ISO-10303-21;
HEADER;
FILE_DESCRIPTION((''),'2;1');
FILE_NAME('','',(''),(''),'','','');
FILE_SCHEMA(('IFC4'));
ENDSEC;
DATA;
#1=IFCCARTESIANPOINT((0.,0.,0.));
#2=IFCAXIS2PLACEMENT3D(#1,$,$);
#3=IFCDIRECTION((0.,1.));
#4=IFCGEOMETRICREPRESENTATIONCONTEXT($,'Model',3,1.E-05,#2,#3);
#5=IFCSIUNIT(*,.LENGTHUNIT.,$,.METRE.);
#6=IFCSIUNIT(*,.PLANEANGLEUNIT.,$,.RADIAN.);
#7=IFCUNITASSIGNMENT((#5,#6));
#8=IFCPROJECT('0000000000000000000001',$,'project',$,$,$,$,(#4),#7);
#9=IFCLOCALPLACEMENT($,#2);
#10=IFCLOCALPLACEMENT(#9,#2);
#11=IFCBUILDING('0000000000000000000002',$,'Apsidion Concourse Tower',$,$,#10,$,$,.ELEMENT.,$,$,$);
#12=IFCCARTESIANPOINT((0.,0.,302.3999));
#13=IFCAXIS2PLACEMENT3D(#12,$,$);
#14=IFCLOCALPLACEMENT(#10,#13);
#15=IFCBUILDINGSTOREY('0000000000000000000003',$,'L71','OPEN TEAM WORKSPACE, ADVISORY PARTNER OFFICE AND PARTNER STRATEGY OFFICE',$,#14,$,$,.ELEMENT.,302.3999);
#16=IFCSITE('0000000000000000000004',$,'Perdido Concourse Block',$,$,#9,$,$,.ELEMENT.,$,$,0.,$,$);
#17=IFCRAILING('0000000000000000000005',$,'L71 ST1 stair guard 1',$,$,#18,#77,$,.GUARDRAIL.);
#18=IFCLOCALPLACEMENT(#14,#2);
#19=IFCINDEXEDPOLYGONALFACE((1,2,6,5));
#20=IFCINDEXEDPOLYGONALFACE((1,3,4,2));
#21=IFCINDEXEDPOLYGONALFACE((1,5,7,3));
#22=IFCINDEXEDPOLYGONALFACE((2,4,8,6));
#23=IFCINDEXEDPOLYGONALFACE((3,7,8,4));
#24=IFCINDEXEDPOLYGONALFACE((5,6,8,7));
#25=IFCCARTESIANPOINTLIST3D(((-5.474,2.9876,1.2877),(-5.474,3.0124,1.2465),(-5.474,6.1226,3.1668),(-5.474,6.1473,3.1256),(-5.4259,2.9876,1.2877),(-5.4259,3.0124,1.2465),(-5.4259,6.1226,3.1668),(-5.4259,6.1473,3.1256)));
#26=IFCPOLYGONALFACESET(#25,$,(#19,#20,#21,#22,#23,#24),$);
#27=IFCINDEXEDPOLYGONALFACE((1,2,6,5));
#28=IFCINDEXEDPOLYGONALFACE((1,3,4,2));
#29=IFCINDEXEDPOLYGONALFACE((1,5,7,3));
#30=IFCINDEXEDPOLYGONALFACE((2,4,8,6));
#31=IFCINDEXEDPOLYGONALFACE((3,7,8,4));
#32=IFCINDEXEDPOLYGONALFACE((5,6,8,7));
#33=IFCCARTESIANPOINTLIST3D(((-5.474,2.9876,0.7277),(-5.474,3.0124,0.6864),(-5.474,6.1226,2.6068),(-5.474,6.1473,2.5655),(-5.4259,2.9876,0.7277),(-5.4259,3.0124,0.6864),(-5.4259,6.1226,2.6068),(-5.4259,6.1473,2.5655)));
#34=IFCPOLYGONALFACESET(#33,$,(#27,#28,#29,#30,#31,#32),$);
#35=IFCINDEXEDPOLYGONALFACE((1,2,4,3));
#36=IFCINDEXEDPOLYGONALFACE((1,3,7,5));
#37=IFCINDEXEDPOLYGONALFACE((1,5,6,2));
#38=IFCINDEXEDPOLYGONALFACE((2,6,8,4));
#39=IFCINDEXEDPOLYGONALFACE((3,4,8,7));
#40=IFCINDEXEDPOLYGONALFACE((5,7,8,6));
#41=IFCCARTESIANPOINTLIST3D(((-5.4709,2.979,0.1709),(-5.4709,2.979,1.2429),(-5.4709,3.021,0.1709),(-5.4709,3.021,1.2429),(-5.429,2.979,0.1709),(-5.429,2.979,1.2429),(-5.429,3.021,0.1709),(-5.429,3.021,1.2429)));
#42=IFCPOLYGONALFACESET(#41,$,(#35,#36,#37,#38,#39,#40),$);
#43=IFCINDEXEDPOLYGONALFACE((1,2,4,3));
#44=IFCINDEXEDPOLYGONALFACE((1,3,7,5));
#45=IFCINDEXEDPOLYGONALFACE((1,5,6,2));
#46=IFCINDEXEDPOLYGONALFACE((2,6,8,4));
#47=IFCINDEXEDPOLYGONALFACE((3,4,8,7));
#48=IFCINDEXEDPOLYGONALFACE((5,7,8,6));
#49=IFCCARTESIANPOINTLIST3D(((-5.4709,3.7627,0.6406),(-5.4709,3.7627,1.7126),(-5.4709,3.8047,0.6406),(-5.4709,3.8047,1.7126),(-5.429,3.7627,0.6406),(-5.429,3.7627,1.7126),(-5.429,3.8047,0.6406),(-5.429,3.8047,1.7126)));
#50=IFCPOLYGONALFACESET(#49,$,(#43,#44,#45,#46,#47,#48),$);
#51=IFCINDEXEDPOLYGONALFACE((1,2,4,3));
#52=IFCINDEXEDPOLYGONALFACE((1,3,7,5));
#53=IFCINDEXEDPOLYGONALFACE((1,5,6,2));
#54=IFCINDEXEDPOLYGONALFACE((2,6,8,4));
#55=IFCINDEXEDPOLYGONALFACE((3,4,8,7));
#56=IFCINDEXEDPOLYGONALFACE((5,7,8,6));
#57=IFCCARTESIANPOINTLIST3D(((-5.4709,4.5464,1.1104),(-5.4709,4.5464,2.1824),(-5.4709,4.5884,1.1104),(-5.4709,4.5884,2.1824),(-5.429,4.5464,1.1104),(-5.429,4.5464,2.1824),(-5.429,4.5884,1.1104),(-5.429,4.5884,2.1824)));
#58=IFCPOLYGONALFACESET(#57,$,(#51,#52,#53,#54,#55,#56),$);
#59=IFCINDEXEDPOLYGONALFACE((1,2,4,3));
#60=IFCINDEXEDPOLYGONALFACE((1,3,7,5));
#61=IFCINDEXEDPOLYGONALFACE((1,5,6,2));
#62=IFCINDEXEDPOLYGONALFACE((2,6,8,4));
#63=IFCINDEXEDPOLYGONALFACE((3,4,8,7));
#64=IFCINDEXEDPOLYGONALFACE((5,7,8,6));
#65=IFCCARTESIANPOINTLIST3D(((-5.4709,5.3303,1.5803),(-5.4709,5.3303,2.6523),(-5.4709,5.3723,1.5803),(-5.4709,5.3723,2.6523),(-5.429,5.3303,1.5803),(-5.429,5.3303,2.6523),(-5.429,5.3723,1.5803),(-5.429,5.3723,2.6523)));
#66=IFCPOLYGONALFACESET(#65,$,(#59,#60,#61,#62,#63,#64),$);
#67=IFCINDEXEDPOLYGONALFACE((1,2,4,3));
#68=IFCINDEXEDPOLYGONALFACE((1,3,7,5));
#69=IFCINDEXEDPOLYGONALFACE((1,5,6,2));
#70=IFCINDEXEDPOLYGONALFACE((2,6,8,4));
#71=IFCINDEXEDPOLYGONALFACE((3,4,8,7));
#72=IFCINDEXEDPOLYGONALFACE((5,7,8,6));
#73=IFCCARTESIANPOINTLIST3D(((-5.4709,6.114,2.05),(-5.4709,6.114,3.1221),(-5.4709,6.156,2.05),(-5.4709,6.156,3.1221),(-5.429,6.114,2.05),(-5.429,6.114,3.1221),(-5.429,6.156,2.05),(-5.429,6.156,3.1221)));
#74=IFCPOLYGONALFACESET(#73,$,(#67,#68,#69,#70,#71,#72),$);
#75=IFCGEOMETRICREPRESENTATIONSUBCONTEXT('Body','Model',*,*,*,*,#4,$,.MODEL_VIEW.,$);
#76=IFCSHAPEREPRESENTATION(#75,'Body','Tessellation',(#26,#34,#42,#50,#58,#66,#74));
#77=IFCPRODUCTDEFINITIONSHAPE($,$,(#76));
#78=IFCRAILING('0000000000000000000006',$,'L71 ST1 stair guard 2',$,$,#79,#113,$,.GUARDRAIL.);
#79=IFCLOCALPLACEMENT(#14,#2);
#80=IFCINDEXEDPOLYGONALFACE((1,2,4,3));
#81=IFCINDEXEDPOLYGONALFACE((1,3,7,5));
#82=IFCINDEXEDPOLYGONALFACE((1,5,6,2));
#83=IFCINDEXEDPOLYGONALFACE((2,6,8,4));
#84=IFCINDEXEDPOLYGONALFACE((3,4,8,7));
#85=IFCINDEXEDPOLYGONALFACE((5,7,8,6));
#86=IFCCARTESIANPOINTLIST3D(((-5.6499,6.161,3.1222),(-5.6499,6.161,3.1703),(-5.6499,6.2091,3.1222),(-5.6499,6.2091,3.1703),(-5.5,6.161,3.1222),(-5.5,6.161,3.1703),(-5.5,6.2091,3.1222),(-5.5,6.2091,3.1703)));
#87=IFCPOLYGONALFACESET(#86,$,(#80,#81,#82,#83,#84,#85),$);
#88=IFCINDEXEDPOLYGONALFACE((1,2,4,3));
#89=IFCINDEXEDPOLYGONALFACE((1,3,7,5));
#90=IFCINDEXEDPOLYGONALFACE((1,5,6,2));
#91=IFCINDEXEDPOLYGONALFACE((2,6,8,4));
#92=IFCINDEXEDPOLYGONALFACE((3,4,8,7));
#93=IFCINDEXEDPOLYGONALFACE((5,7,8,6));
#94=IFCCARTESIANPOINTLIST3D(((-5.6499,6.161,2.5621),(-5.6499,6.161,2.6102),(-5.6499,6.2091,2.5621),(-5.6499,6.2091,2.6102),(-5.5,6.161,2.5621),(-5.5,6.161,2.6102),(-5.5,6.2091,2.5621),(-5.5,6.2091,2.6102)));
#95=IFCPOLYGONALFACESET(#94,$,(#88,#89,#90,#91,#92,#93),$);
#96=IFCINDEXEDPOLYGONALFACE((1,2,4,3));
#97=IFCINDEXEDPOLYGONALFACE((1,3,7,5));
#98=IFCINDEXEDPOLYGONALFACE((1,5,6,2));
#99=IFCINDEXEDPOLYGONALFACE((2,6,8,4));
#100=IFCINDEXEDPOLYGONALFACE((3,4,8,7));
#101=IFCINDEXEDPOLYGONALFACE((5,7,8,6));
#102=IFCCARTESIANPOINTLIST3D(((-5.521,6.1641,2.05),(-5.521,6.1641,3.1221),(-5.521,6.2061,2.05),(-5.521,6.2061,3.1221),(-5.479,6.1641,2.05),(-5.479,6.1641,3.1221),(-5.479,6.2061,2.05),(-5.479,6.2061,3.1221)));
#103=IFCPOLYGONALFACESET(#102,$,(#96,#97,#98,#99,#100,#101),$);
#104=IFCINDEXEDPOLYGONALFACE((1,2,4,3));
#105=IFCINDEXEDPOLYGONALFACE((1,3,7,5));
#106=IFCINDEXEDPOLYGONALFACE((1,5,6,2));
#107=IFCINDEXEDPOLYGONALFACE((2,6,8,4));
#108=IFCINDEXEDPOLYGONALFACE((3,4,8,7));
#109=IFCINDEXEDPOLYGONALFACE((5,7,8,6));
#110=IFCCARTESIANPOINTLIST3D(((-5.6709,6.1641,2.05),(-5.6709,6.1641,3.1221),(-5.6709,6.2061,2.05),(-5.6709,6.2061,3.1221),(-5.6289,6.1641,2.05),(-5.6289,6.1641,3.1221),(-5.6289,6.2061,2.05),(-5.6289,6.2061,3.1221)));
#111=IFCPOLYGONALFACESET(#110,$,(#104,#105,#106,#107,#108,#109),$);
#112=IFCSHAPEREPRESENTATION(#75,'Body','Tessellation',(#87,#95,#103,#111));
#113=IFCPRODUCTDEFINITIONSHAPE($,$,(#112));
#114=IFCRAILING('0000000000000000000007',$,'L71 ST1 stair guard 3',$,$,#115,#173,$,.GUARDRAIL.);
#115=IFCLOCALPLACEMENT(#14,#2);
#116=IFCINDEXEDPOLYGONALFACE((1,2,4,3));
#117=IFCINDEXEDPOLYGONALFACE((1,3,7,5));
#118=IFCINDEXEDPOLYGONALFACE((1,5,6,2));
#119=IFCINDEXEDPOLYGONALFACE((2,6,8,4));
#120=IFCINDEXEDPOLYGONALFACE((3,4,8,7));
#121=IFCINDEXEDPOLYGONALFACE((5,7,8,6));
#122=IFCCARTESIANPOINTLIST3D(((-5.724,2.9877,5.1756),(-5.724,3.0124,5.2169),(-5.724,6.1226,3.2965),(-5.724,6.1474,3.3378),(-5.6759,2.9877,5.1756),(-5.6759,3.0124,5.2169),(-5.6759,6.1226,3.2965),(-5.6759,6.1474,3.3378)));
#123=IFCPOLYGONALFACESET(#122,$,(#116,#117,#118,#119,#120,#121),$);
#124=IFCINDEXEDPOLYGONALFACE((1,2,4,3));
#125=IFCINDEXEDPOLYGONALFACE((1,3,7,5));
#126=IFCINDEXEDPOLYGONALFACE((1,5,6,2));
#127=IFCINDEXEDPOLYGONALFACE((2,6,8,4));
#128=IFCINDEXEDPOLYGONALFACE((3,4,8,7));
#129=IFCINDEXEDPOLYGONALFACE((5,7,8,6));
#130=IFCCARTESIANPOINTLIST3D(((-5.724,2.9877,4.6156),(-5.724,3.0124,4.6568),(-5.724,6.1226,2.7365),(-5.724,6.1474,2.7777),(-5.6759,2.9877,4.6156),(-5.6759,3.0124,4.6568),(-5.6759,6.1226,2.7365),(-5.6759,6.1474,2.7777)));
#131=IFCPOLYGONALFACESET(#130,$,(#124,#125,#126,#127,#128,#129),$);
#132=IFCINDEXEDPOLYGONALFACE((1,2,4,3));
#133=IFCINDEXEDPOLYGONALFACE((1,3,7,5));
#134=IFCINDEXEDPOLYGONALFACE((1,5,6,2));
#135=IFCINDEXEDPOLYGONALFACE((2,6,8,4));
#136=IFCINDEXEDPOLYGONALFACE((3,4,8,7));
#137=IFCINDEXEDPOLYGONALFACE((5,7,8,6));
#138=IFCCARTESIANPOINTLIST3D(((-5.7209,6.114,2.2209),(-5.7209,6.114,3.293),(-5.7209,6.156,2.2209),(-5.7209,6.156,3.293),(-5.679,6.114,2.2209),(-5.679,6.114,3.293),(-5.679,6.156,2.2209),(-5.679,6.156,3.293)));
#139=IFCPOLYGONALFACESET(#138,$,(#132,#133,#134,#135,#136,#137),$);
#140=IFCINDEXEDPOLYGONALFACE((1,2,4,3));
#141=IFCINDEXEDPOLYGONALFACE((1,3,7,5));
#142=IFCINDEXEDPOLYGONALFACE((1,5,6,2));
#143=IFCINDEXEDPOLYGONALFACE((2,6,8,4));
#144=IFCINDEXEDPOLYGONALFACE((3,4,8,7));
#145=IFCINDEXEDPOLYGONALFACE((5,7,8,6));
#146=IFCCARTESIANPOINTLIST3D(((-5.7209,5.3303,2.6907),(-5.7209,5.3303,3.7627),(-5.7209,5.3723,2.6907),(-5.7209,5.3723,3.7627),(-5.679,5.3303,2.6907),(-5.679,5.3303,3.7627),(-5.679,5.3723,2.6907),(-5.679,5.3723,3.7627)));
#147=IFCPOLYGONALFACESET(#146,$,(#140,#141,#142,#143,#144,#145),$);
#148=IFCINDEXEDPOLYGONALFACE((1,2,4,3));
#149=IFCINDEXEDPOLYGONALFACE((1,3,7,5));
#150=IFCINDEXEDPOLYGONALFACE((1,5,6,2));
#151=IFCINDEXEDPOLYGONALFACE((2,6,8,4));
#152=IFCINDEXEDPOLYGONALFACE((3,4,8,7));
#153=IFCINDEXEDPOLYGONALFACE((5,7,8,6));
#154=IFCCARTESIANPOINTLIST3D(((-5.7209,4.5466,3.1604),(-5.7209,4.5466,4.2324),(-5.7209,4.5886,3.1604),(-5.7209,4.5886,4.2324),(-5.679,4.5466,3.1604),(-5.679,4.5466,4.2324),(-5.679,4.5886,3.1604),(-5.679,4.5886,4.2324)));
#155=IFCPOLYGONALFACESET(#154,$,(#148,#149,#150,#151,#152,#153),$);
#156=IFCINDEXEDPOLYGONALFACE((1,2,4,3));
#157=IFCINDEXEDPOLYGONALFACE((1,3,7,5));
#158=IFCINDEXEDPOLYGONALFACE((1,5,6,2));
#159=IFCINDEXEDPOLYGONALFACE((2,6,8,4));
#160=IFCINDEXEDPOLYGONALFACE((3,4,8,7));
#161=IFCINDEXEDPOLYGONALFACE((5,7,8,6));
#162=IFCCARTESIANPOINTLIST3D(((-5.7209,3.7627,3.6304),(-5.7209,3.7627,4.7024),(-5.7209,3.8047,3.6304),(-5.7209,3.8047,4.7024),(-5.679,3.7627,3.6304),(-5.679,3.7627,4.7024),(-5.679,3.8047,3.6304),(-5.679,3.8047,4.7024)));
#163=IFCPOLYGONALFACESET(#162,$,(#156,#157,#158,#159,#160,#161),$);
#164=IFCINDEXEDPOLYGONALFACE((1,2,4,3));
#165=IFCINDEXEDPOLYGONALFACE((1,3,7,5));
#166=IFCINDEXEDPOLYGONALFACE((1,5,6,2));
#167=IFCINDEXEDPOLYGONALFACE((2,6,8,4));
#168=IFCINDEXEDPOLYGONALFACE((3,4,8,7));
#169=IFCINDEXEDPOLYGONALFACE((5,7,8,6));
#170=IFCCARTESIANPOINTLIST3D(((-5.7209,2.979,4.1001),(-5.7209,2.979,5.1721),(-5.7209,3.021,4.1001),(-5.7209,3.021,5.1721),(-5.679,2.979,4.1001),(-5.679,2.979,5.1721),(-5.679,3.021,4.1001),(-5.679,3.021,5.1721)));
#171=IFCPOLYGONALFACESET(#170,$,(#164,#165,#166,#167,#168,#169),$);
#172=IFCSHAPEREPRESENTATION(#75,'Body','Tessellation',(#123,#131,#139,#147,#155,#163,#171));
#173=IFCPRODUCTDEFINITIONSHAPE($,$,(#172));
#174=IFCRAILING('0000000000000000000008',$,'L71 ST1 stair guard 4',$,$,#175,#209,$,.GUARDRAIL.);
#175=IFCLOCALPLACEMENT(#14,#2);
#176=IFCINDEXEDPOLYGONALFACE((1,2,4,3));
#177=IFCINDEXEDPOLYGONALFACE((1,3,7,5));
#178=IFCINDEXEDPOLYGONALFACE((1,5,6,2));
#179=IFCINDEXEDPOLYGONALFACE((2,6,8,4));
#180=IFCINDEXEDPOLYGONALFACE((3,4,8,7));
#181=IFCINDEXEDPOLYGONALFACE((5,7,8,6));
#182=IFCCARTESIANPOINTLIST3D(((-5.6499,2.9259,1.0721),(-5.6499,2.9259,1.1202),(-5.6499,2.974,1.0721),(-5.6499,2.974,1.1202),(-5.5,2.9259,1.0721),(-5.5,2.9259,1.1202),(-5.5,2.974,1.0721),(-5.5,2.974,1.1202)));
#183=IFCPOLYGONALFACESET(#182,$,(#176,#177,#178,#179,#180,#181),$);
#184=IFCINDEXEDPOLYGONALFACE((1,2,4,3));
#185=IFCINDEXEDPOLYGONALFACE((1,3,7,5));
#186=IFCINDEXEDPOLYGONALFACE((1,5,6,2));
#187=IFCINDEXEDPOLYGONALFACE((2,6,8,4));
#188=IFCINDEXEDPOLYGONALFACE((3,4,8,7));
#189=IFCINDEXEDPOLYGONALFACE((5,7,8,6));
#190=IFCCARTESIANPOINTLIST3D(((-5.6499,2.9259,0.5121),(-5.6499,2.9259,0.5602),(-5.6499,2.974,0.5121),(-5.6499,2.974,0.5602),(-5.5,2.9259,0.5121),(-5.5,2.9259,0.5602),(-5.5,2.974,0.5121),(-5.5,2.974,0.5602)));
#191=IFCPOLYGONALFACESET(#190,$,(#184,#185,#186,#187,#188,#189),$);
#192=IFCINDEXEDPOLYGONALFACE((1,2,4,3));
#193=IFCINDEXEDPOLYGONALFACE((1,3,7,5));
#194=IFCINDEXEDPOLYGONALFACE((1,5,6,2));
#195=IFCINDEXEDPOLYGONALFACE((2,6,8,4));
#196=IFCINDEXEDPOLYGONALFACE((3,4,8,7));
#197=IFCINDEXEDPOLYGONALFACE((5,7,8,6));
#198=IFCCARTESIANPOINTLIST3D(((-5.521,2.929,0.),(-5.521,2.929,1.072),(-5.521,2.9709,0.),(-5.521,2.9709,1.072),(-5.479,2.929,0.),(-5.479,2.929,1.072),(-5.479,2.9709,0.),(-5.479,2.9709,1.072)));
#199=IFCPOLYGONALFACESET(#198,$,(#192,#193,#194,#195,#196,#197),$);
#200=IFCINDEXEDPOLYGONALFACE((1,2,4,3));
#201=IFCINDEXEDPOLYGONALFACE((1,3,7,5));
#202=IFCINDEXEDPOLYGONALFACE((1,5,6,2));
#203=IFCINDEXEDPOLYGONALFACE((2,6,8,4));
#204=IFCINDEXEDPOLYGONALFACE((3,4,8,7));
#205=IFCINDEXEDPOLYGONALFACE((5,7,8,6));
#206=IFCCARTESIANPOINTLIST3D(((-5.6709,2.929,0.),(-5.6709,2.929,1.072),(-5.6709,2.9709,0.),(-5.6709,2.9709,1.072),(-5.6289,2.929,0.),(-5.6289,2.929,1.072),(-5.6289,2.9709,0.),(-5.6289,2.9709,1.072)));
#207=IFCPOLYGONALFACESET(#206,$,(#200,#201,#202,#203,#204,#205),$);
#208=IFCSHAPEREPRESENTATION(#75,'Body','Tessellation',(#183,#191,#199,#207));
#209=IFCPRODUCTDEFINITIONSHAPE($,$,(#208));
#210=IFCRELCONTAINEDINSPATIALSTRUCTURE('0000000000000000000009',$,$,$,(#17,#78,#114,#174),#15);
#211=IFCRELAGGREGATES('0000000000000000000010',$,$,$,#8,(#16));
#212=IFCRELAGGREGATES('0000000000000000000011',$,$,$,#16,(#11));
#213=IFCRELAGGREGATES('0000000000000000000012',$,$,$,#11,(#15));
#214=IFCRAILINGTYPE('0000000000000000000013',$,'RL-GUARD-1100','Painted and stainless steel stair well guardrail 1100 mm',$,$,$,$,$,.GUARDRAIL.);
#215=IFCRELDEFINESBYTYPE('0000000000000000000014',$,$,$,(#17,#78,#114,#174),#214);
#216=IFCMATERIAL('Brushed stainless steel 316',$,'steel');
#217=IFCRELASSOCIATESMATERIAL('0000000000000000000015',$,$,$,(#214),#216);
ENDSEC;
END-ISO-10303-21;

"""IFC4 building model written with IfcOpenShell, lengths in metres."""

from ifc_helpers import new_model, si_unit, direction, frame, origin, origin_2d, place, context, subcontext, project, spatial, rectangle, extrude, material, type_object, element, save


model = new_model("IFC4")

# Units and contexts
model_context = context("Model", 3, precision=1e-05, world=origin(), true_north=direction((0.0, 1.0)))
body_context = subcontext(model_context, "Body", "Model", "MODEL_VIEW")
ifc_project = project(units=[si_unit("LENGTHUNIT", "METRE"), si_unit("PLANEANGLEUNIT", "RADIAN")], contexts=[model_context])

# Site, building, storey
site_placement = place(None, origin())
site = spatial("IfcSite", under=ifc_project, at=site_placement, Name="Perdido Concourse Block", CompositionType="ELEMENT", RefElevation=0.0)
building_placement = place(site_placement, origin())
building = spatial("IfcBuilding", under=site, at=building_placement, Name="Apsidion Concourse Tower", CompositionType="ELEMENT")
storey_placement = place(building_placement, frame((0.0, 0.0, 302.3999)))
storey = spatial("IfcBuildingStorey", under=building, at=storey_placement, Name="L71", Description="OPEN TEAM WORKSPACE, ADVISORY PARTNER OFFICE AND PARTNER STRATEGY OFFICE", CompositionType="ELEMENT", Elevation=302.3999)

# Shared definitions
ifc_material_1 = material(Name="Brushed stainless steel 316", Category="steel")

# Railings
railing_type_1 = type_object("IfcRailingType", Name="RL-GUARD-1100", Description="Painted and stainless steel stair well guardrail 1100 mm", PredefinedType="GUARDRAIL", material=ifc_material_1)
railing_1_placement = place(storey_placement, frame((-5.45, 3.0, 0.1709)))
element("IfcRailing", 1, at=railing_1_placement, inside=storey, type_object=railing_type_1, Name="L71 ST1 stair guard 1", PredefinedType="GUARDRAIL", context=body_context, shape_type="SweptSolid", body=[
    extrude(rectangle(XDim=0.0481, YDim=0.0481, at=origin_2d()), frame((0.0, 0.0, 1.0962), z_axis=(0.0, 0.857717, 0.514122), x_axis=(-1.0, 0.0, 0.0)), (0.0, 0.0, 1.0), 3.655),
    extrude(rectangle(XDim=0.0481, YDim=0.0481, at=origin_2d()), frame((0.0, 0.0, 0.5361), z_axis=(0.0, 0.857717, 0.514122), x_axis=(-1.0, 0.0, 0.0)), (0.0, 0.0, 1.0), 3.655),
    extrude(rectangle(XDim=0.042, YDim=0.042, at=origin_2d()), origin(), (0.0, 0.0, 1.0), 1.072),
    extrude(rectangle(XDim=0.042, YDim=0.042, at=origin_2d()), frame((0.0, 0.7837, 0.4697)), (0.0, 0.0, 1.0), 1.072),
    extrude(rectangle(XDim=0.042, YDim=0.042, at=origin_2d()), frame((0.0, 1.5674, 0.9395)), (0.0, 0.0, 1.0), 1.072),
    extrude(rectangle(XDim=0.042, YDim=0.042, at=origin_2d()), frame((0.0, 2.3513, 1.4094)), (0.0, 0.0, 1.0), 1.072),
    extrude(rectangle(XDim=0.042, YDim=0.042, at=origin_2d()), frame((0.0, 3.135, 1.8792)), (0.0, 0.0, 1.0), 1.072),
])
railing_2_placement = place(storey_placement, frame((-5.5, 6.1851, 2.05)))
element("IfcRailing", 2, at=railing_2_placement, inside=storey, type_object=railing_type_1, Name="L71 ST1 stair guard 2", PredefinedType="GUARDRAIL", context=body_context, shape_type="SweptSolid", body=[
    extrude(rectangle(XDim=0.0481, YDim=0.0481, at=origin_2d()), frame((0.0, 0.0, 1.0962), z_axis=(-1.0, 0.0, 0.0), x_axis=(0.0, -1.0, 0.0)), (0.0, 0.0, 1.0), 0.1499),
    extrude(rectangle(XDim=0.0481, YDim=0.0481, at=origin_2d()), frame((0.0, 0.0, 0.5361), z_axis=(-1.0, 0.0, 0.0), x_axis=(0.0, -1.0, 0.0)), (0.0, 0.0, 1.0), 0.1499),
    extrude(rectangle(XDim=0.042, YDim=0.042, at=origin_2d()), origin(), (0.0, 0.0, 1.0), 1.072),
    extrude(rectangle(XDim=0.042, YDim=0.042, at=origin_2d()), frame((-0.1499, 0.0, 0.0)), (0.0, 0.0, 1.0), 1.072),
])
railing_3_placement = place(storey_placement, frame((-5.7, 6.135, 2.2209)))
element("IfcRailing", 3, at=railing_3_placement, inside=storey, type_object=railing_type_1, Name="L71 ST1 stair guard 3", PredefinedType="GUARDRAIL", context=body_context, shape_type="SweptSolid", body=[
    extrude(rectangle(XDim=0.0481, YDim=0.0481, at=origin_2d()), frame((0.0, 0.0, 1.0962), z_axis=(0.0, -0.857717, 0.514122), x_axis=(1.0, 0.0, 0.0)), (0.0, 0.0, 1.0), 3.655),
    extrude(rectangle(XDim=0.0481, YDim=0.0481, at=origin_2d()), frame((0.0, 0.0, 0.5361), z_axis=(0.0, -0.857717, 0.514122), x_axis=(1.0, 0.0, 0.0)), (0.0, 0.0, 1.0), 3.655),
    extrude(rectangle(XDim=0.042, YDim=0.042, at=origin_2d()), origin(), (0.0, 0.0, 1.0), 1.072),
    extrude(rectangle(XDim=0.042, YDim=0.042, at=origin_2d()), frame((0.0, -0.7837, 0.4697)), (0.0, 0.0, 1.0), 1.072),
    extrude(rectangle(XDim=0.042, YDim=0.042, at=origin_2d()), frame((0.0, -1.5674, 0.9395)), (0.0, 0.0, 1.0), 1.072),
    extrude(rectangle(XDim=0.042, YDim=0.042, at=origin_2d()), frame((0.0, -2.3513, 1.4094)), (0.0, 0.0, 1.0), 1.072),
    extrude(rectangle(XDim=0.042, YDim=0.042, at=origin_2d()), frame((0.0, -3.135, 1.8792)), (0.0, 0.0, 1.0), 1.072),
])
railing_4_placement = place(storey_placement, frame((-5.5, 2.95, 0.0)))
element("IfcRailing", 4, at=railing_4_placement, inside=storey, type_object=railing_type_1, Name="L71 ST1 stair guard 4", PredefinedType="GUARDRAIL", context=body_context, shape_type="SweptSolid", body=[
    extrude(rectangle(XDim=0.0481, YDim=0.0481, at=origin_2d()), frame((0.0, 0.0, 1.0962), z_axis=(-1.0, 0.0, 0.0), x_axis=(0.0, -1.0, 0.0)), (0.0, 0.0, 1.0), 0.1499),
    extrude(rectangle(XDim=0.0481, YDim=0.0481, at=origin_2d()), frame((0.0, 0.0, 0.5361), z_axis=(-1.0, 0.0, 0.0), x_axis=(0.0, -1.0, 0.0)), (0.0, 0.0, 1.0), 0.1499),
    extrude(rectangle(XDim=0.042, YDim=0.042, at=origin_2d()), origin(), (0.0, 0.0, 1.0), 1.072),
    extrude(rectangle(XDim=0.042, YDim=0.042, at=origin_2d()), frame((-0.1499, 0.0, 0.0)), (0.0, 0.0, 1.0), 1.072),
])

save(model, "model.ifc")
